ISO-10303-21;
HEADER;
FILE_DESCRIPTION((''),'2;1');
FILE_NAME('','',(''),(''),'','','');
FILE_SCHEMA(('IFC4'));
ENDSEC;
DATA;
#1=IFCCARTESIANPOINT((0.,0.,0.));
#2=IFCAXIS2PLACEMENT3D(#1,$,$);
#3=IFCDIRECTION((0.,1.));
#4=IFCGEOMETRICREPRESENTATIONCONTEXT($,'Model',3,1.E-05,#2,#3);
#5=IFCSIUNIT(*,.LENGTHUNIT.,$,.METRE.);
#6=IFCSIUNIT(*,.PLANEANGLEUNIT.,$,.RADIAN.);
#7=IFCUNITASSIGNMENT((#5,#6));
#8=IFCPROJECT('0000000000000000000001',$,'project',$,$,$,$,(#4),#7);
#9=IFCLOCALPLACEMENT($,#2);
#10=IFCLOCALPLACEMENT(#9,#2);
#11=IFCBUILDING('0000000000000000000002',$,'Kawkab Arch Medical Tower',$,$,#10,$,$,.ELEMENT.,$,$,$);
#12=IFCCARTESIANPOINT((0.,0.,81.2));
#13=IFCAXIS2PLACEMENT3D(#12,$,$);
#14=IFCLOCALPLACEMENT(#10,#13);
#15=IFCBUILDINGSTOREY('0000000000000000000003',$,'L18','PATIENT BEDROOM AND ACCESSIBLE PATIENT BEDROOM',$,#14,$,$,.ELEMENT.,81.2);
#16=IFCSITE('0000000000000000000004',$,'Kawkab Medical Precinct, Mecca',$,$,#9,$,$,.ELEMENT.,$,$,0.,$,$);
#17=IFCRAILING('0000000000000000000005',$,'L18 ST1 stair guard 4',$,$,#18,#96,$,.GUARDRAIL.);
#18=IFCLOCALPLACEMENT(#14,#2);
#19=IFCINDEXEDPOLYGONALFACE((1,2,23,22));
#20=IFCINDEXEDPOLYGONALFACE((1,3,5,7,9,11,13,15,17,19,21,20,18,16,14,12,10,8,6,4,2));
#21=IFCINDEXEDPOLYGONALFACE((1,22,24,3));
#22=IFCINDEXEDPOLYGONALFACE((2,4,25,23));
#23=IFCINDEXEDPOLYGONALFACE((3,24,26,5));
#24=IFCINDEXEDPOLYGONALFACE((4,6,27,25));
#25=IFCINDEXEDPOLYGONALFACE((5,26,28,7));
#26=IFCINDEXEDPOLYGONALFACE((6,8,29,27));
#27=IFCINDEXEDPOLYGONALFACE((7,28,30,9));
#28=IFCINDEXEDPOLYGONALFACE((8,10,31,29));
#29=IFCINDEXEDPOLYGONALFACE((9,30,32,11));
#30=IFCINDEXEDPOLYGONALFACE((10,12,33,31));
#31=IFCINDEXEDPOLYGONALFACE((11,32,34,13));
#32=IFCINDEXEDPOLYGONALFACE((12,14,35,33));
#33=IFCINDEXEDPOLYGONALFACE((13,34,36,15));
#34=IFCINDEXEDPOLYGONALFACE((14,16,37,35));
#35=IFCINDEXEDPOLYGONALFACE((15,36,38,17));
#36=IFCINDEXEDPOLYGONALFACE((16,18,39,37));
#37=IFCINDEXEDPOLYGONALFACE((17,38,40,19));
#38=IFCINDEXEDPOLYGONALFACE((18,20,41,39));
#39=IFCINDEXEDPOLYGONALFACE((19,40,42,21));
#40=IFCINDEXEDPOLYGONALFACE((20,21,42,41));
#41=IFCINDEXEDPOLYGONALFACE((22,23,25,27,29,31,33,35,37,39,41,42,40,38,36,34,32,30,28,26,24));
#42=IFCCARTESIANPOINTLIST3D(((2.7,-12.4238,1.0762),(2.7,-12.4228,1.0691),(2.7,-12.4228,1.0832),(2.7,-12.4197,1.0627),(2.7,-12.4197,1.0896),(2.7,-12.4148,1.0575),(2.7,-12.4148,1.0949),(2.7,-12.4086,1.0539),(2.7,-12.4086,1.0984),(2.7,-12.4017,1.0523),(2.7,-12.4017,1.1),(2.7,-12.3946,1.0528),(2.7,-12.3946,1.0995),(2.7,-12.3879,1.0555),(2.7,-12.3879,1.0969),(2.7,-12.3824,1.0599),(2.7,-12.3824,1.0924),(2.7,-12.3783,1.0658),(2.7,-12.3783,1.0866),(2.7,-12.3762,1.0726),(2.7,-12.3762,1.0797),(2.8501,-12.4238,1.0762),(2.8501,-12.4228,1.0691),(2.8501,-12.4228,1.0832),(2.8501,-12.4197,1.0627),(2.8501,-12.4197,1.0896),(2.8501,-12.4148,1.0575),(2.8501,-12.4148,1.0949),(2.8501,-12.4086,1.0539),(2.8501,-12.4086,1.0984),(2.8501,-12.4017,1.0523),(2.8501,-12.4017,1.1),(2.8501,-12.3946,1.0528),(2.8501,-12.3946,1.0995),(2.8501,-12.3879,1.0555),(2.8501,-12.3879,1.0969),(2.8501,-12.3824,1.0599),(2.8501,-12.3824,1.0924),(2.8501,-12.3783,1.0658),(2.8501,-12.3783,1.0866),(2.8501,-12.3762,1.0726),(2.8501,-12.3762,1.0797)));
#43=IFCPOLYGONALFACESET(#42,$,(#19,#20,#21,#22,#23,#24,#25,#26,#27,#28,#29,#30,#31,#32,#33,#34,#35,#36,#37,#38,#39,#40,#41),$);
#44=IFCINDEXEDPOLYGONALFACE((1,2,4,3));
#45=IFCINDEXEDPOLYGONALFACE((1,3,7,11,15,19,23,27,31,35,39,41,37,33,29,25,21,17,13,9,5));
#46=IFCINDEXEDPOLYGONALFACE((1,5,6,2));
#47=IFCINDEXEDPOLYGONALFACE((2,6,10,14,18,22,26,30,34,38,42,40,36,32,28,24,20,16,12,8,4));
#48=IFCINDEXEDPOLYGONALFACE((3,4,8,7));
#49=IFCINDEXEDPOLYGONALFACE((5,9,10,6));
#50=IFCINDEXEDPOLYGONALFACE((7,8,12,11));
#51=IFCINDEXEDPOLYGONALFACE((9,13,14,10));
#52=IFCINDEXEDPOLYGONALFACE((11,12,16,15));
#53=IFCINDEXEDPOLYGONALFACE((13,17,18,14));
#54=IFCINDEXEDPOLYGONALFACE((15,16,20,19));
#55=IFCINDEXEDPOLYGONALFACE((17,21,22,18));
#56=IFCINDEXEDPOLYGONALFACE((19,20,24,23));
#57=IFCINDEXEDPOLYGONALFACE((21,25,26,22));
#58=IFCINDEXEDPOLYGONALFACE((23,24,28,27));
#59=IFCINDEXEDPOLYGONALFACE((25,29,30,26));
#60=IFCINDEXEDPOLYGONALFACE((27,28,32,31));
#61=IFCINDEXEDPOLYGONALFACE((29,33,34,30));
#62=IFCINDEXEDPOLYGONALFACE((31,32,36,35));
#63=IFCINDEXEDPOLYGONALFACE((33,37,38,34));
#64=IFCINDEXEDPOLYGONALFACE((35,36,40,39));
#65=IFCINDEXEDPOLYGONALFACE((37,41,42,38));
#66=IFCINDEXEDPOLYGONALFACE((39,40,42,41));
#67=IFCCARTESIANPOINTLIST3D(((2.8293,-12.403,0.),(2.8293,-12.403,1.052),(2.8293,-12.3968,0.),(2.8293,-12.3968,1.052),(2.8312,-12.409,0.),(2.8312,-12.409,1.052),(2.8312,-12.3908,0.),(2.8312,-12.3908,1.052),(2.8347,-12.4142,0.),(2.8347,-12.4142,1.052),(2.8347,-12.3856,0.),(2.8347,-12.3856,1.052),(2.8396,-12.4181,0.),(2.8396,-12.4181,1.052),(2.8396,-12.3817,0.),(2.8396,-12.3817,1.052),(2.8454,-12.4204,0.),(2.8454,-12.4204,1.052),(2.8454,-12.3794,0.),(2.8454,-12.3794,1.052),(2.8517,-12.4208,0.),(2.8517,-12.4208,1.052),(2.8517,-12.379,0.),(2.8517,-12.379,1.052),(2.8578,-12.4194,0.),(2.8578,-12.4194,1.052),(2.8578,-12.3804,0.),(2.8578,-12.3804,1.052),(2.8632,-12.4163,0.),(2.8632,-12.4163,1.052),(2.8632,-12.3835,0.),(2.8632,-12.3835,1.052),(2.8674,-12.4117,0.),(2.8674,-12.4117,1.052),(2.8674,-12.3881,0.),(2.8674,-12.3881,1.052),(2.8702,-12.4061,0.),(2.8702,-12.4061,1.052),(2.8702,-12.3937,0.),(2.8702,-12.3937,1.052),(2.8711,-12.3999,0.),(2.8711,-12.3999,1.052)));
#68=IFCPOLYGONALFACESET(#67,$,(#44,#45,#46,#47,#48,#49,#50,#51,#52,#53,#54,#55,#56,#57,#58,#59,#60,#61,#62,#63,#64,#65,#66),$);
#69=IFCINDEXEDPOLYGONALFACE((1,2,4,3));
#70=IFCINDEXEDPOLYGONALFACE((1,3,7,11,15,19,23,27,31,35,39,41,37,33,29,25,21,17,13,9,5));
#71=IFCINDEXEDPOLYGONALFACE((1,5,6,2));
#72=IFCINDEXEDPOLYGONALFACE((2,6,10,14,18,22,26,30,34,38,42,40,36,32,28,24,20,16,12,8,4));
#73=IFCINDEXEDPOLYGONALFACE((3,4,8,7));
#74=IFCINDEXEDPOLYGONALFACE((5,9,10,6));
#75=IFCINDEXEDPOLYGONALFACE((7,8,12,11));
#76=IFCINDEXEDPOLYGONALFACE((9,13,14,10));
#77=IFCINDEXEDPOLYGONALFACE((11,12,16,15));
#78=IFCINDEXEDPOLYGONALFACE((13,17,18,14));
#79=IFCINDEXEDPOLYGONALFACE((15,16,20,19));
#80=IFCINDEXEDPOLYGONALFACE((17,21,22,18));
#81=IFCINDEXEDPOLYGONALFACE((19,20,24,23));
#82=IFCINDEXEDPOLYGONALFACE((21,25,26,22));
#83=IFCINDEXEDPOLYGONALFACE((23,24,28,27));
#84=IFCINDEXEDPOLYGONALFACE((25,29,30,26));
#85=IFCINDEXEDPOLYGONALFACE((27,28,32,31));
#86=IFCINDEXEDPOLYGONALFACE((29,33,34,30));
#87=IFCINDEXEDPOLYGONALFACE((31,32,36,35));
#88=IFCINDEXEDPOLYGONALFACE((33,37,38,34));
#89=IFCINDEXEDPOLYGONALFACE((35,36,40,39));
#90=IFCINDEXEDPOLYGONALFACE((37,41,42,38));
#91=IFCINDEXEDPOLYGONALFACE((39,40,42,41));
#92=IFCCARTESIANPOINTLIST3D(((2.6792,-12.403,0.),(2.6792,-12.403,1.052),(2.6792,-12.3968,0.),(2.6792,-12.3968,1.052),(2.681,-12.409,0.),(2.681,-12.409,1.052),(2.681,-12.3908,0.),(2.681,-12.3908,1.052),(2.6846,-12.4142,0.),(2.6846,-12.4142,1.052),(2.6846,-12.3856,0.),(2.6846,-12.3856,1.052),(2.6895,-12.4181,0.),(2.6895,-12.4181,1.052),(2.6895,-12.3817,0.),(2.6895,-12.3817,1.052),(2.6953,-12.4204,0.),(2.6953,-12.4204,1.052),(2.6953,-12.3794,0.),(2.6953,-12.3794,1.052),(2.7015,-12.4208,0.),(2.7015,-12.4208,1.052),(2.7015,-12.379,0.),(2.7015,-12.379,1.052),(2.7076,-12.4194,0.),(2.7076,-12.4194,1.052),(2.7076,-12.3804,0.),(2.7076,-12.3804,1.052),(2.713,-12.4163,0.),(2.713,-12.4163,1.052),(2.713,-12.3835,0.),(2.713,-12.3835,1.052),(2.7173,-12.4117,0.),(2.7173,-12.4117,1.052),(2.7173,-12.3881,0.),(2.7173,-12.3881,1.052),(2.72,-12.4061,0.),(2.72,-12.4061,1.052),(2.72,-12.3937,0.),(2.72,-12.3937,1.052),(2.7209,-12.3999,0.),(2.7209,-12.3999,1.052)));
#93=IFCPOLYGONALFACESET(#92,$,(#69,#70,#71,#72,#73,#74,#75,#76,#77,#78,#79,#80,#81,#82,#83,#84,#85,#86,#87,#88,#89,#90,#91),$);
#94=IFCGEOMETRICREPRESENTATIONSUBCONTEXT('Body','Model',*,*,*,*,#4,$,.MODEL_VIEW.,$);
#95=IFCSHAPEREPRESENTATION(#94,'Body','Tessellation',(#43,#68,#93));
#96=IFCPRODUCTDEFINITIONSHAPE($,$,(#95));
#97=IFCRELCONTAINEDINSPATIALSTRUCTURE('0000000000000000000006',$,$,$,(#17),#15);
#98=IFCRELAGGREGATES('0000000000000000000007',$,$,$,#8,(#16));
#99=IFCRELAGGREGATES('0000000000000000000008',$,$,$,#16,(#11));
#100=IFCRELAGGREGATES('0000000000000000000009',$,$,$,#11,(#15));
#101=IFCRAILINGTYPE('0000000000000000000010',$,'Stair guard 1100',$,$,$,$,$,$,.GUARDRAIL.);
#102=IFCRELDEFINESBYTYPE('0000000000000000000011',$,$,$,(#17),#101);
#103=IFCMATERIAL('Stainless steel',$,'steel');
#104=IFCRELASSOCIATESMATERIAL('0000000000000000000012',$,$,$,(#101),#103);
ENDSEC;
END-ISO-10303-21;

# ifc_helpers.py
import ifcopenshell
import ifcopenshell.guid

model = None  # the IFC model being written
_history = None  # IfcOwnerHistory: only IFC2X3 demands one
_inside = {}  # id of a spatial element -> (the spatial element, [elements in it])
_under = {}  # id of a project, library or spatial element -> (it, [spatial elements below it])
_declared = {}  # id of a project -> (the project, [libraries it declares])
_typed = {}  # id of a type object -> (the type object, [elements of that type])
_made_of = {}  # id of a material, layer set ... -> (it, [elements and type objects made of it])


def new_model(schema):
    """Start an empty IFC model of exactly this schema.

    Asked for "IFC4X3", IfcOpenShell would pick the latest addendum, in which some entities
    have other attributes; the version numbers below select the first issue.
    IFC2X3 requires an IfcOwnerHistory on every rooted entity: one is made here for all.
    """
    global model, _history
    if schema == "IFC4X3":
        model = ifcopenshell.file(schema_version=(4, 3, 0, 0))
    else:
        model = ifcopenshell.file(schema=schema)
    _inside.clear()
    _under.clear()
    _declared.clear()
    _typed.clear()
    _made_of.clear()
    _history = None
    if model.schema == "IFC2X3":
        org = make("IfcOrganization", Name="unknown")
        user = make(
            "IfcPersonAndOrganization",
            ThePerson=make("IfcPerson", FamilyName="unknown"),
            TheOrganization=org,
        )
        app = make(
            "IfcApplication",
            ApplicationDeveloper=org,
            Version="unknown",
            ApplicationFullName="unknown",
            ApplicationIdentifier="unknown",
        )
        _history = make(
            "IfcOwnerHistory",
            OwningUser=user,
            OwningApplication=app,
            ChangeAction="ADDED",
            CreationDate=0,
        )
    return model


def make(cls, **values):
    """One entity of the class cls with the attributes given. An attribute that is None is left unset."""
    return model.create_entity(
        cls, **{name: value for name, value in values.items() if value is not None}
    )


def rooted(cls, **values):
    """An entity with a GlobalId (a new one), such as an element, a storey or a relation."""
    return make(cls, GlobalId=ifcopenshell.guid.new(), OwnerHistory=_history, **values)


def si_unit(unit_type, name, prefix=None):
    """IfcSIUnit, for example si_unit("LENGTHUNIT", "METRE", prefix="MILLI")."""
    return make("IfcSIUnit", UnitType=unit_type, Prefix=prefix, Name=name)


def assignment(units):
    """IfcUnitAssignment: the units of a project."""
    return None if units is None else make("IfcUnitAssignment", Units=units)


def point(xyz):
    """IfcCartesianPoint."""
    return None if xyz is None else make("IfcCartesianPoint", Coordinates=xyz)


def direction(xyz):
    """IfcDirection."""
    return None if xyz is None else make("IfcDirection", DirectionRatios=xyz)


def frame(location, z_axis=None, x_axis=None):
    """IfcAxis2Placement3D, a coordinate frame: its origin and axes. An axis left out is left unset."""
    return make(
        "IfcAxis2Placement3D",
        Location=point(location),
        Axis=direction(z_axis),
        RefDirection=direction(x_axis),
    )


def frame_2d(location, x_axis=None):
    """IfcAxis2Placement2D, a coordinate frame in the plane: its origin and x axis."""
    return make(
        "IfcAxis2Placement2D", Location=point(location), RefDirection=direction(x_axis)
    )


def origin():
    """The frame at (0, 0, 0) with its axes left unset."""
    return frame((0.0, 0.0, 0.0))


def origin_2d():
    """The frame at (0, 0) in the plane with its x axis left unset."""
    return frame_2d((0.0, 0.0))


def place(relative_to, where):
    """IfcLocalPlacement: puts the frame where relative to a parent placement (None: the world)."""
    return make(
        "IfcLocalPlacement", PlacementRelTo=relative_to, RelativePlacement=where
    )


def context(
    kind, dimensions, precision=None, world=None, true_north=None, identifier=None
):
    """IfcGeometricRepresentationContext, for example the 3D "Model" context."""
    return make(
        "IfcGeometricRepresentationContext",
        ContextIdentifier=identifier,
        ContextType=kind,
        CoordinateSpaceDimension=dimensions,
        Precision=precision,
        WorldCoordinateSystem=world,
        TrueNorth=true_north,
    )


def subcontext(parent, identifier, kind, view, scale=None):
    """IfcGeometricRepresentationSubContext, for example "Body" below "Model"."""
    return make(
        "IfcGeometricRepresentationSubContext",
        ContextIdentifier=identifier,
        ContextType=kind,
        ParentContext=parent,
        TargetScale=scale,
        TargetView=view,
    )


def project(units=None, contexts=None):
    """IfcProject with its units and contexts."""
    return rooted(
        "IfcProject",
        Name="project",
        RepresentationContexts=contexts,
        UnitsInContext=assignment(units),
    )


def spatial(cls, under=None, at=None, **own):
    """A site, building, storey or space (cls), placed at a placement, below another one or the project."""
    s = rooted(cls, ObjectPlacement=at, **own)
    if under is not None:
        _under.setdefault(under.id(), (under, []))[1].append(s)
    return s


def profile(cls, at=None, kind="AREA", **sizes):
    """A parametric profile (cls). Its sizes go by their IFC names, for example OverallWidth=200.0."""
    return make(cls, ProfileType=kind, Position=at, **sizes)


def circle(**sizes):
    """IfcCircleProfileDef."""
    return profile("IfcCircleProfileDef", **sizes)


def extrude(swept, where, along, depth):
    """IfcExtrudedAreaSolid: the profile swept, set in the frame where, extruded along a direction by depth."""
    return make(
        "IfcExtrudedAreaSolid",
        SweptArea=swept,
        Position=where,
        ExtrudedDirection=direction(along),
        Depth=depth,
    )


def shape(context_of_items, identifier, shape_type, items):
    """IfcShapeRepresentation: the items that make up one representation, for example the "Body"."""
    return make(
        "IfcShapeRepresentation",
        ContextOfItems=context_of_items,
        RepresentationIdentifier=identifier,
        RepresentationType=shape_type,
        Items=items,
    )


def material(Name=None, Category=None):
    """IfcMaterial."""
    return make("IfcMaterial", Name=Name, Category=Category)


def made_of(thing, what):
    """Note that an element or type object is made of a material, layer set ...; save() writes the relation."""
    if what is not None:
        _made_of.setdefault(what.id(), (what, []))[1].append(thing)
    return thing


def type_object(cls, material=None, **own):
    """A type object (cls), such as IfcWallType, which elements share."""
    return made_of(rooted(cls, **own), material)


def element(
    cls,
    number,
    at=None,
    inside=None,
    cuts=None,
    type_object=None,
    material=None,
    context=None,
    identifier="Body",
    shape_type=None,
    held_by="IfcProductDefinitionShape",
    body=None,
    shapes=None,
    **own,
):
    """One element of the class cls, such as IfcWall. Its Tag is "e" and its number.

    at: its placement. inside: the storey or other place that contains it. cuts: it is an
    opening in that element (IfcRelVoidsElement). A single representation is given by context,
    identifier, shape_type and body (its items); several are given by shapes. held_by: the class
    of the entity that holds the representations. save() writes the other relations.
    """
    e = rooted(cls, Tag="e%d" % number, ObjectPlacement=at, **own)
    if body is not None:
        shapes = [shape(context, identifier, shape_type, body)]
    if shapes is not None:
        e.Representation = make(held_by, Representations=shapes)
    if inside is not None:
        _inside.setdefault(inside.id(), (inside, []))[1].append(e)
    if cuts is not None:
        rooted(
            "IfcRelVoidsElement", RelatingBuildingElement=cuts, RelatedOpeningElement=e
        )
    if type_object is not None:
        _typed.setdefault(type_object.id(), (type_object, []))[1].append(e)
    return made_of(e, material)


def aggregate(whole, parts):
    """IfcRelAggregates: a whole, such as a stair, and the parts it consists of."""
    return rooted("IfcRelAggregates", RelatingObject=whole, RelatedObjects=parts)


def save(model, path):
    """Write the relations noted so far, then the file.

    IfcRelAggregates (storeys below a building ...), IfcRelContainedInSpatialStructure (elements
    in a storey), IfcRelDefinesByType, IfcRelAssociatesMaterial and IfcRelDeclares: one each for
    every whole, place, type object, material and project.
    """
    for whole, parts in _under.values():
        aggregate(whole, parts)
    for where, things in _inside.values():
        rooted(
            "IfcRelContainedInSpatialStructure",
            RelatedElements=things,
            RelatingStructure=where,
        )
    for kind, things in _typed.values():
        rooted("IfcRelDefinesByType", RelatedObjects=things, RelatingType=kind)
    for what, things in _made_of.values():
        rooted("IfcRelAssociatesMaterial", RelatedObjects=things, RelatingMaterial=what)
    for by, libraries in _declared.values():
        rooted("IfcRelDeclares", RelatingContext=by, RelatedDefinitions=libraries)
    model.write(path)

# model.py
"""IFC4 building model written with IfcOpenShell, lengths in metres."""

from ifc_helpers import new_model, si_unit, direction, frame, origin, origin_2d, place, context, subcontext, project, spatial, circle, extrude, material, type_object, element, save


model = new_model("IFC4")

# Units and contexts
model_context = context("Model", 3, precision=1e-05, world=origin(), true_north=direction((0.0, 1.0)))
body_context = subcontext(model_context, "Body", "Model", "MODEL_VIEW")
ifc_project = project(units=[si_unit("LENGTHUNIT", "METRE"), si_unit("PLANEANGLEUNIT", "RADIAN")], contexts=[model_context])

# Site, building, storey
site_placement = place(None, origin())
site = spatial("IfcSite", under=ifc_project, at=site_placement, Name="Kawkab Medical Precinct, Mecca", CompositionType="ELEMENT", RefElevation=0.0)
building_placement = place(site_placement, origin())
building = spatial("IfcBuilding", under=site, at=building_placement, Name="Kawkab Arch Medical Tower", CompositionType="ELEMENT")
storey_placement = place(building_placement, frame((0.0, 0.0, 81.2)))
storey = spatial("IfcBuildingStorey", under=building, at=storey_placement, Name="L18", Description="PATIENT BEDROOM AND ACCESSIBLE PATIENT BEDROOM", CompositionType="ELEMENT", Elevation=81.2)

# Railing
ifc_material_1 = material(Name="Stainless steel", Category="steel")
railing_type = type_object("IfcRailingType", Name="Stair guard 1100", PredefinedType="GUARDRAIL", material=ifc_material_1)
railing_1_placement = place(storey_placement, frame((2.8501, -12.3999, 0.0)))
element("IfcRailing", 1, at=railing_1_placement, inside=storey, type_object=railing_type, Name="L18 ST1 stair guard 4", PredefinedType="GUARDRAIL", context=body_context, shape_type="SweptSolid", body=[
    extrude(circle(Radius=0.0239, at=origin_2d()), frame((0.0, 0.0, 1.0762), z_axis=(-1.0, 0.0, 0.0), x_axis=(0.0, -1.0, 0.0)), (0.0, 0.0, 1.0), 0.1501),
    extrude(circle(Radius=0.021, at=origin_2d()), origin(), (0.0, 0.0, 1.0), 1.052),
    extrude(circle(Radius=0.021, at=origin_2d()), frame((-0.1501, 0.0, 0.0)), (0.0, 0.0, 1.0), 1.052),
])

save(model, "model.ifc")
